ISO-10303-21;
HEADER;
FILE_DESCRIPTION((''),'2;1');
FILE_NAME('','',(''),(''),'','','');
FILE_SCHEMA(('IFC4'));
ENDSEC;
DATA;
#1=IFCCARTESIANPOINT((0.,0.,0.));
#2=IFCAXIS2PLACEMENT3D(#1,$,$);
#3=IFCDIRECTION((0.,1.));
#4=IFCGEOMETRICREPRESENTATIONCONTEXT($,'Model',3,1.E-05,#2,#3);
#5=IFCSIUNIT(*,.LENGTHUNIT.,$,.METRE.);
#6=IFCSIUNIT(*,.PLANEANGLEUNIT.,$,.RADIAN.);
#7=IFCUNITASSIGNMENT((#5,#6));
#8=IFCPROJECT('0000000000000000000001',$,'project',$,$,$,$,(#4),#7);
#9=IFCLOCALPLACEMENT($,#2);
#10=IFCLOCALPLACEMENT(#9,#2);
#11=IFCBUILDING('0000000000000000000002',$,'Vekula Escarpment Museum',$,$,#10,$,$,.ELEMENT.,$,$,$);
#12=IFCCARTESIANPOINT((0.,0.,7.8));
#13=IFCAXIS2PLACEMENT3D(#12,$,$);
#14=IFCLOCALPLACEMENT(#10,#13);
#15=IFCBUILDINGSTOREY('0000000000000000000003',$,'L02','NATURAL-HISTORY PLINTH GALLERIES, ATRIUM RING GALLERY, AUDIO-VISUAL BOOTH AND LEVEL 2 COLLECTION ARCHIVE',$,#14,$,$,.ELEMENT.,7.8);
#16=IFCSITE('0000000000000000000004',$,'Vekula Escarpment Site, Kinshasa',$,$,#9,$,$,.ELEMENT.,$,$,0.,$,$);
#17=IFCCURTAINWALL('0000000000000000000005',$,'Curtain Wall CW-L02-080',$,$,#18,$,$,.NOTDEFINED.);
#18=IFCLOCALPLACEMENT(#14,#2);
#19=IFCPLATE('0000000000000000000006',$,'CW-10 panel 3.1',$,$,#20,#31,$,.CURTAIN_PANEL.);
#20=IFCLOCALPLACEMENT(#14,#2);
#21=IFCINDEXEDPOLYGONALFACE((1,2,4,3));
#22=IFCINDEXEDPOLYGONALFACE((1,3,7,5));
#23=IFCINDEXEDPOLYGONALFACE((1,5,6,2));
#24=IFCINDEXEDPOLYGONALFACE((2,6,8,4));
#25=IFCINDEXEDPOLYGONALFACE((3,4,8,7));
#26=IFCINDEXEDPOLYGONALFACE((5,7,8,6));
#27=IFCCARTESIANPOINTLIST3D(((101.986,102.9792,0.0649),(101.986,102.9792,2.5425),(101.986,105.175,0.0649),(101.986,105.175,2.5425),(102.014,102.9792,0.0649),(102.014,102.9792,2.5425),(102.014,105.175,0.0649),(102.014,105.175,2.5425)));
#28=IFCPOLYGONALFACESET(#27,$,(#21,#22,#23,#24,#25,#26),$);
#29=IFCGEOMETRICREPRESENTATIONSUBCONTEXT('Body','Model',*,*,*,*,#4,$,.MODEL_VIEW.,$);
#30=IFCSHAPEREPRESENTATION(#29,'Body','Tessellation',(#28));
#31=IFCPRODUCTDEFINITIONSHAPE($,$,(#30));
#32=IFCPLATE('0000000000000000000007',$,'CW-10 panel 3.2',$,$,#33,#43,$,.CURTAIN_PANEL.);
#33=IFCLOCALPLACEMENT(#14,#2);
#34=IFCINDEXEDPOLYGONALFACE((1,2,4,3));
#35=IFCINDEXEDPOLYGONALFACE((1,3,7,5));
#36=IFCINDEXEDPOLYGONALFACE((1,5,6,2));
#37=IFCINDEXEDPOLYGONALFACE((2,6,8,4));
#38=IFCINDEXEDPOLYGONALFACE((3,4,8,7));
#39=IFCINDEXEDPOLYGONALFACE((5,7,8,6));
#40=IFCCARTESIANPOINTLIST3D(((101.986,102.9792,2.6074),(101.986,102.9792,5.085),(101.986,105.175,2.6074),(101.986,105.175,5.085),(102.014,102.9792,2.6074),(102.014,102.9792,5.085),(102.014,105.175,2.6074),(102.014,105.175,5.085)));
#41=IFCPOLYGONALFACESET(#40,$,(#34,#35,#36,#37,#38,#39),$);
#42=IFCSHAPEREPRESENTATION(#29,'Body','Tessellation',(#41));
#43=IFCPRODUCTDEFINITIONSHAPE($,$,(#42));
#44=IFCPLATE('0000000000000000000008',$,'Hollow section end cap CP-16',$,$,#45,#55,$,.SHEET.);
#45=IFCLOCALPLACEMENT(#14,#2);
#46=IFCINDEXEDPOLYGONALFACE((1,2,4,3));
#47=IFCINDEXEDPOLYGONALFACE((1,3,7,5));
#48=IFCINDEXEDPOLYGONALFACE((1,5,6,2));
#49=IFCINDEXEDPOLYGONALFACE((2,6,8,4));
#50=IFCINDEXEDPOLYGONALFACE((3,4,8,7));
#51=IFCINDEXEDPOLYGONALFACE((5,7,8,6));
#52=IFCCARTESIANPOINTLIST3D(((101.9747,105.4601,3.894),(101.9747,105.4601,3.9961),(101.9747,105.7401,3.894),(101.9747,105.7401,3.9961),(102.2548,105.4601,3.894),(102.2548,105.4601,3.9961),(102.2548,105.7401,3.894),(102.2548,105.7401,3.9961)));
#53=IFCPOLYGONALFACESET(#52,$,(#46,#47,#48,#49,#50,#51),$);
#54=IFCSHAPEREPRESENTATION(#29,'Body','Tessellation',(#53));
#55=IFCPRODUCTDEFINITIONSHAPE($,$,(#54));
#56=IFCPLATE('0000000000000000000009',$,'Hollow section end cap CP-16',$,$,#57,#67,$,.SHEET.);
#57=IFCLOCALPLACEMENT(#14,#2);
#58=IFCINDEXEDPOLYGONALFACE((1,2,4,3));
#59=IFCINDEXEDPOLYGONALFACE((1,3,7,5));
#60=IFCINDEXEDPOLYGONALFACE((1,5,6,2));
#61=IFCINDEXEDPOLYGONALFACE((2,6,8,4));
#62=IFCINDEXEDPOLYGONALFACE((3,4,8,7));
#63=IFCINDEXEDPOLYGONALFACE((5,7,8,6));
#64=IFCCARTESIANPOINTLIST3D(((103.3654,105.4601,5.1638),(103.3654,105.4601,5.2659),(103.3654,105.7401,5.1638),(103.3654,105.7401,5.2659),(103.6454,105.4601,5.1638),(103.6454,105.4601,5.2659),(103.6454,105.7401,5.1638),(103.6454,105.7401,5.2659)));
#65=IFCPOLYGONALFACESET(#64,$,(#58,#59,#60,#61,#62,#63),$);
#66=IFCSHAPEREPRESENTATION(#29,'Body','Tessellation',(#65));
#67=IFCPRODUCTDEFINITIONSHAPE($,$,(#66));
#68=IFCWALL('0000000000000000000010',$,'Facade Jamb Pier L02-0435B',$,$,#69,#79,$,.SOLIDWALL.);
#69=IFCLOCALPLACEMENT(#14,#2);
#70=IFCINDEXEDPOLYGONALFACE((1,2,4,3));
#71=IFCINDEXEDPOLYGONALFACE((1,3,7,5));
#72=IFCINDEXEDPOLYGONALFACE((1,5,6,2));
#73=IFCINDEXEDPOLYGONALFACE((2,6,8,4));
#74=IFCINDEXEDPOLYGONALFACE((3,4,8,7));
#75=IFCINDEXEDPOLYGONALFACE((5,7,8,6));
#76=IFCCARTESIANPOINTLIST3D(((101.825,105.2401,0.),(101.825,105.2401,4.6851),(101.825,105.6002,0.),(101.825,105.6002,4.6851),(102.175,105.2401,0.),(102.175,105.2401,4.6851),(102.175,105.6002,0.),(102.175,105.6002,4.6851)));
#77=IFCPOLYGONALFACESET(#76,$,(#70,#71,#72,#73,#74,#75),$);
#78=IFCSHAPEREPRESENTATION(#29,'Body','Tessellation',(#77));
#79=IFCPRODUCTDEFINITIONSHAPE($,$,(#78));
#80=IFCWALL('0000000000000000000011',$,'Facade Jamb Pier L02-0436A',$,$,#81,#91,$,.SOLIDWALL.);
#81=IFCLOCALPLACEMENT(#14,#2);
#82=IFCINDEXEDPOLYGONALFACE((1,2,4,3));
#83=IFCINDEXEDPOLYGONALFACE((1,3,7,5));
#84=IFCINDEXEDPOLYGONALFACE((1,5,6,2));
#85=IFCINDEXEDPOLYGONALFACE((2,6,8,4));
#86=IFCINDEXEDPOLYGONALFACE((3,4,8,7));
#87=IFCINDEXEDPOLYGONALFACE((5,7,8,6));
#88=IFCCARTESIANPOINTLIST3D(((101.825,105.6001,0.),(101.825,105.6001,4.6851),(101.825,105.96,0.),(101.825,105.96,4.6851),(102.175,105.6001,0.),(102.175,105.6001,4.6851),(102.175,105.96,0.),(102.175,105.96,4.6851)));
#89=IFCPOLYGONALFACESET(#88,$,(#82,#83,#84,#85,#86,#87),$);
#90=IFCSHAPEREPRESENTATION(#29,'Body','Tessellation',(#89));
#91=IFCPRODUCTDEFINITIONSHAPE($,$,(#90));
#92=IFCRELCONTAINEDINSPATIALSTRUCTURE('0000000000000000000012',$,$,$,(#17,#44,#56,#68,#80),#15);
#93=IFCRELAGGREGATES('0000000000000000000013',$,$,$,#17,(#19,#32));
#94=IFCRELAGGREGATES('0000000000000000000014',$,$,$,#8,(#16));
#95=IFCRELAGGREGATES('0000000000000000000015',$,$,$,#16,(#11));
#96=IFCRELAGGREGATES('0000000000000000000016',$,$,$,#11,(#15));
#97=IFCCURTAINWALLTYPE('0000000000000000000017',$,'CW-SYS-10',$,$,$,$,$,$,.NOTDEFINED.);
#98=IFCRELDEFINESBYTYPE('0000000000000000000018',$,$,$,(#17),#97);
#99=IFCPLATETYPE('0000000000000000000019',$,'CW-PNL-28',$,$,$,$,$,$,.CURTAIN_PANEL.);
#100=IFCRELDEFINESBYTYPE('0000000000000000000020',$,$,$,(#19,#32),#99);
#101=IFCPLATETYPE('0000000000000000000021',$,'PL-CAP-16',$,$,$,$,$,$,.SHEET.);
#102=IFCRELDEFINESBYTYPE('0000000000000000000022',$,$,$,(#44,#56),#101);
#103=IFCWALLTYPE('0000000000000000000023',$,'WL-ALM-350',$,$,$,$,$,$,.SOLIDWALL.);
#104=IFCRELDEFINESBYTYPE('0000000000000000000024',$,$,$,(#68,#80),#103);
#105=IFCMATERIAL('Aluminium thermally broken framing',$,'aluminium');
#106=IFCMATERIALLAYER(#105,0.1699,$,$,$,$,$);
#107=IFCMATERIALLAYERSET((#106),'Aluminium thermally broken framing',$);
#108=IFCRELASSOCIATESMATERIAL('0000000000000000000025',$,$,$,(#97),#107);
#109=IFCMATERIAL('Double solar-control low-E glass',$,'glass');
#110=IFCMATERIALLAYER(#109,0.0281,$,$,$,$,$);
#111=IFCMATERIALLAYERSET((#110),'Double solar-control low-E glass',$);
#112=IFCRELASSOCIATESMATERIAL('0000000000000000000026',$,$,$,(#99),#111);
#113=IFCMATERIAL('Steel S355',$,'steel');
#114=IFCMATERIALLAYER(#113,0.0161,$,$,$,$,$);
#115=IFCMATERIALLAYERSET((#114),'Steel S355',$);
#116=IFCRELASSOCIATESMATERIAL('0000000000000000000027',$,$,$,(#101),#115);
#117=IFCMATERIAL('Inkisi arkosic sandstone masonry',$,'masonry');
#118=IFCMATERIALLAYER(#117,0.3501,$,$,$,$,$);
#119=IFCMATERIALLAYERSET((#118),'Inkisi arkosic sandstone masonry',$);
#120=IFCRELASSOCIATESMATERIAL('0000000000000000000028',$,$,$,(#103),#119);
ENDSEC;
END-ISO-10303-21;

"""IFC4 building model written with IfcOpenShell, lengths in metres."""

from ifc_helpers import new_model, si_unit, direction, frame, frame_2d, origin, origin_2d, place, context, subcontext, project, spatial, rectangle, extrude, material, layer, layer_set, type_object, element, aggregate, save


model = new_model("IFC4")

# Units and contexts
model_context = context("Model", 3, precision=1e-05, world=origin(), true_north=direction((0.0, 1.0)))
body_context = subcontext(model_context, "Body", "Model", "MODEL_VIEW")
ifc_project = project(units=[si_unit("LENGTHUNIT", "METRE"), si_unit("PLANEANGLEUNIT", "RADIAN")], contexts=[model_context])

# Site, building, storey
site_placement = place(None, origin())
site = spatial("IfcSite", under=ifc_project, at=site_placement, Name="Vekula Escarpment Site, Kinshasa", CompositionType="ELEMENT", RefElevation=0.0)
building_placement = place(site_placement, origin())
building = spatial("IfcBuilding", under=site, at=building_placement, Name="Vekula Escarpment Museum", CompositionType="ELEMENT")
storey_placement = place(building_placement, frame((0.0, 0.0, 7.8)))
storey = spatial("IfcBuildingStorey", under=building, at=storey_placement, Name="L02", Description="NATURAL-HISTORY PLINTH GALLERIES, ATRIUM RING GALLERY, AUDIO-VISUAL BOOTH AND LEVEL 2 COLLECTION ARCHIVE", CompositionType="ELEMENT", Elevation=7.8)

# Curtain wall
ifc_material_1 = material(Name="Aluminium thermally broken framing", Category="aluminium")
ifc_layer_1 = layer(ifc_material_1, 0.1699)
ifc_layer_set_1 = layer_set([ifc_layer_1], Name="Aluminium thermally broken framing")
curtain_wall_type_1 = type_object("IfcCurtainWallType", Name="CW-SYS-10", PredefinedType="NOTDEFINED", material=ifc_layer_set_1)
curtain_wall_1_placement = place(storey_placement, origin())
curtain_wall_1 = element("IfcCurtainWall", 1, at=curtain_wall_1_placement, inside=storey, type_object=curtain_wall_type_1, Name="Curtain Wall CW-L02-080", PredefinedType="NOTDEFINED")

# Plates
ifc_material_2 = material(Name="Double solar-control low-E glass", Category="glass")
ifc_layer_2 = layer(ifc_material_2, 0.0281)
ifc_layer_set_2 = layer_set([ifc_layer_2], Name="Double solar-control low-E glass")
plate_type_1 = type_object("IfcPlateType", Name="CW-PNL-28", PredefinedType="CURTAIN_PANEL", material=ifc_layer_set_2)
plate_1_placement = place(storey_placement, frame((102.0, 104.0771, 0.0649), z_axis=(0.0, 0.0, 1.0), x_axis=(0.0, 1.0, 0.0)))
plate_1 = element("IfcPlate", 2, at=plate_1_placement, type_object=plate_type_1, Name="CW-10 panel 3.1", PredefinedType="CURTAIN_PANEL", context=body_context, shape_type="SweptSolid", body=[
    extrude(rectangle(XDim=2.1958, YDim=0.0281, at=origin_2d()), origin(), (0.0, 0.0, 1.0), 2.4775),
])
plate_2_placement = place(storey_placement, frame((102.0, 104.0771, 2.6074), z_axis=(0.0, 0.0, 1.0), x_axis=(0.0, 1.0, 0.0)))
plate_2 = element("IfcPlate", 3, at=plate_2_placement, type_object=plate_type_1, Name="CW-10 panel 3.2", PredefinedType="CURTAIN_PANEL", context=body_context, shape_type="SweptSolid", body=[
    extrude(rectangle(XDim=2.1958, YDim=0.0281, at=origin_2d()), origin(), (0.0, 0.0, 1.0), 2.4775),
])
aggregate(curtain_wall_1, [plate_1, plate_2])

# Plates
ifc_material_3 = material(Name="Steel S355", Category="steel")
ifc_layer_3 = layer(ifc_material_3, 0.0161)
ifc_layer_set_3 = layer_set([ifc_layer_3], Name="Steel S355")
plate_type_2 = type_object("IfcPlateType", Name="PL-CAP-16", PredefinedType="SHEET", material=ifc_layer_set_3)
for number, where, z_axis, x_axis, name in (
    (4, (102.1147, 105.6001, 3.894), (0.0, 0.0, 1.0), (1.0, 0.0, 0.0), "Hollow section end cap CP-16"),
    (5, (103.5054, 105.6001, 5.1638), (0.0, 0.0, 1.0), (1.0, 0.0, 0.0), "Hollow section end cap CP-16"),
):
    element("IfcPlate", number, at=place(storey_placement, frame(where, z_axis=z_axis, x_axis=x_axis)), inside=storey, type_object=plate_type_2, Name=name, PredefinedType="SHEET", context=body_context, shape_type="SweptSolid", body=[
        extrude(rectangle(XDim=0.28, YDim=0.28, at=origin_2d()), origin(), (0.0, 0.0, 1.0), 0.1021),
    ])

# Walls
ifc_material_4 = material(Name="Inkisi arkosic sandstone masonry", Category="masonry")
ifc_layer_4 = layer(ifc_material_4, 0.3501)
ifc_layer_set_4 = layer_set([ifc_layer_4], Name="Inkisi arkosic sandstone masonry")
wall_type = type_object("IfcWallType", Name="WL-ALM-350", PredefinedType="SOLIDWALL", material=ifc_layer_set_4)
wall_1_placement = place(storey_placement, frame((102.0, 105.24, 0.0), z_axis=(0.0, 0.0, 1.0), x_axis=(0.0, 1.0, 0.0)))
element("IfcWall", 6, at=wall_1_placement, inside=storey, type_object=wall_type, Name="Facade Jamb Pier L02-0435B", PredefinedType="SOLIDWALL", context=body_context, shape_type="SweptSolid", body=[
    extrude(rectangle(XDim=0.3601, YDim=0.3501, at=frame_2d((0.1802, 0.0))), origin(), (0.0, 0.0, 1.0), 4.6851),
])
wall_2_placement = place(storey_placement, frame((102.0, 105.6001, 0.0), z_axis=(0.0, 0.0, 1.0), x_axis=(0.0, 1.0, 0.0)))
element("IfcWall", 7, at=wall_2_placement, inside=storey, type_object=wall_type, Name="Facade Jamb Pier L02-0436A", PredefinedType="SOLIDWALL", context=body_context, shape_type="SweptSolid", body=[
    extrude(rectangle(XDim=0.3599, YDim=0.3501, at=frame_2d((0.1799, 0.0))), origin(), (0.0, 0.0, 1.0), 4.6851),
])

save(model, "model.ifc")
